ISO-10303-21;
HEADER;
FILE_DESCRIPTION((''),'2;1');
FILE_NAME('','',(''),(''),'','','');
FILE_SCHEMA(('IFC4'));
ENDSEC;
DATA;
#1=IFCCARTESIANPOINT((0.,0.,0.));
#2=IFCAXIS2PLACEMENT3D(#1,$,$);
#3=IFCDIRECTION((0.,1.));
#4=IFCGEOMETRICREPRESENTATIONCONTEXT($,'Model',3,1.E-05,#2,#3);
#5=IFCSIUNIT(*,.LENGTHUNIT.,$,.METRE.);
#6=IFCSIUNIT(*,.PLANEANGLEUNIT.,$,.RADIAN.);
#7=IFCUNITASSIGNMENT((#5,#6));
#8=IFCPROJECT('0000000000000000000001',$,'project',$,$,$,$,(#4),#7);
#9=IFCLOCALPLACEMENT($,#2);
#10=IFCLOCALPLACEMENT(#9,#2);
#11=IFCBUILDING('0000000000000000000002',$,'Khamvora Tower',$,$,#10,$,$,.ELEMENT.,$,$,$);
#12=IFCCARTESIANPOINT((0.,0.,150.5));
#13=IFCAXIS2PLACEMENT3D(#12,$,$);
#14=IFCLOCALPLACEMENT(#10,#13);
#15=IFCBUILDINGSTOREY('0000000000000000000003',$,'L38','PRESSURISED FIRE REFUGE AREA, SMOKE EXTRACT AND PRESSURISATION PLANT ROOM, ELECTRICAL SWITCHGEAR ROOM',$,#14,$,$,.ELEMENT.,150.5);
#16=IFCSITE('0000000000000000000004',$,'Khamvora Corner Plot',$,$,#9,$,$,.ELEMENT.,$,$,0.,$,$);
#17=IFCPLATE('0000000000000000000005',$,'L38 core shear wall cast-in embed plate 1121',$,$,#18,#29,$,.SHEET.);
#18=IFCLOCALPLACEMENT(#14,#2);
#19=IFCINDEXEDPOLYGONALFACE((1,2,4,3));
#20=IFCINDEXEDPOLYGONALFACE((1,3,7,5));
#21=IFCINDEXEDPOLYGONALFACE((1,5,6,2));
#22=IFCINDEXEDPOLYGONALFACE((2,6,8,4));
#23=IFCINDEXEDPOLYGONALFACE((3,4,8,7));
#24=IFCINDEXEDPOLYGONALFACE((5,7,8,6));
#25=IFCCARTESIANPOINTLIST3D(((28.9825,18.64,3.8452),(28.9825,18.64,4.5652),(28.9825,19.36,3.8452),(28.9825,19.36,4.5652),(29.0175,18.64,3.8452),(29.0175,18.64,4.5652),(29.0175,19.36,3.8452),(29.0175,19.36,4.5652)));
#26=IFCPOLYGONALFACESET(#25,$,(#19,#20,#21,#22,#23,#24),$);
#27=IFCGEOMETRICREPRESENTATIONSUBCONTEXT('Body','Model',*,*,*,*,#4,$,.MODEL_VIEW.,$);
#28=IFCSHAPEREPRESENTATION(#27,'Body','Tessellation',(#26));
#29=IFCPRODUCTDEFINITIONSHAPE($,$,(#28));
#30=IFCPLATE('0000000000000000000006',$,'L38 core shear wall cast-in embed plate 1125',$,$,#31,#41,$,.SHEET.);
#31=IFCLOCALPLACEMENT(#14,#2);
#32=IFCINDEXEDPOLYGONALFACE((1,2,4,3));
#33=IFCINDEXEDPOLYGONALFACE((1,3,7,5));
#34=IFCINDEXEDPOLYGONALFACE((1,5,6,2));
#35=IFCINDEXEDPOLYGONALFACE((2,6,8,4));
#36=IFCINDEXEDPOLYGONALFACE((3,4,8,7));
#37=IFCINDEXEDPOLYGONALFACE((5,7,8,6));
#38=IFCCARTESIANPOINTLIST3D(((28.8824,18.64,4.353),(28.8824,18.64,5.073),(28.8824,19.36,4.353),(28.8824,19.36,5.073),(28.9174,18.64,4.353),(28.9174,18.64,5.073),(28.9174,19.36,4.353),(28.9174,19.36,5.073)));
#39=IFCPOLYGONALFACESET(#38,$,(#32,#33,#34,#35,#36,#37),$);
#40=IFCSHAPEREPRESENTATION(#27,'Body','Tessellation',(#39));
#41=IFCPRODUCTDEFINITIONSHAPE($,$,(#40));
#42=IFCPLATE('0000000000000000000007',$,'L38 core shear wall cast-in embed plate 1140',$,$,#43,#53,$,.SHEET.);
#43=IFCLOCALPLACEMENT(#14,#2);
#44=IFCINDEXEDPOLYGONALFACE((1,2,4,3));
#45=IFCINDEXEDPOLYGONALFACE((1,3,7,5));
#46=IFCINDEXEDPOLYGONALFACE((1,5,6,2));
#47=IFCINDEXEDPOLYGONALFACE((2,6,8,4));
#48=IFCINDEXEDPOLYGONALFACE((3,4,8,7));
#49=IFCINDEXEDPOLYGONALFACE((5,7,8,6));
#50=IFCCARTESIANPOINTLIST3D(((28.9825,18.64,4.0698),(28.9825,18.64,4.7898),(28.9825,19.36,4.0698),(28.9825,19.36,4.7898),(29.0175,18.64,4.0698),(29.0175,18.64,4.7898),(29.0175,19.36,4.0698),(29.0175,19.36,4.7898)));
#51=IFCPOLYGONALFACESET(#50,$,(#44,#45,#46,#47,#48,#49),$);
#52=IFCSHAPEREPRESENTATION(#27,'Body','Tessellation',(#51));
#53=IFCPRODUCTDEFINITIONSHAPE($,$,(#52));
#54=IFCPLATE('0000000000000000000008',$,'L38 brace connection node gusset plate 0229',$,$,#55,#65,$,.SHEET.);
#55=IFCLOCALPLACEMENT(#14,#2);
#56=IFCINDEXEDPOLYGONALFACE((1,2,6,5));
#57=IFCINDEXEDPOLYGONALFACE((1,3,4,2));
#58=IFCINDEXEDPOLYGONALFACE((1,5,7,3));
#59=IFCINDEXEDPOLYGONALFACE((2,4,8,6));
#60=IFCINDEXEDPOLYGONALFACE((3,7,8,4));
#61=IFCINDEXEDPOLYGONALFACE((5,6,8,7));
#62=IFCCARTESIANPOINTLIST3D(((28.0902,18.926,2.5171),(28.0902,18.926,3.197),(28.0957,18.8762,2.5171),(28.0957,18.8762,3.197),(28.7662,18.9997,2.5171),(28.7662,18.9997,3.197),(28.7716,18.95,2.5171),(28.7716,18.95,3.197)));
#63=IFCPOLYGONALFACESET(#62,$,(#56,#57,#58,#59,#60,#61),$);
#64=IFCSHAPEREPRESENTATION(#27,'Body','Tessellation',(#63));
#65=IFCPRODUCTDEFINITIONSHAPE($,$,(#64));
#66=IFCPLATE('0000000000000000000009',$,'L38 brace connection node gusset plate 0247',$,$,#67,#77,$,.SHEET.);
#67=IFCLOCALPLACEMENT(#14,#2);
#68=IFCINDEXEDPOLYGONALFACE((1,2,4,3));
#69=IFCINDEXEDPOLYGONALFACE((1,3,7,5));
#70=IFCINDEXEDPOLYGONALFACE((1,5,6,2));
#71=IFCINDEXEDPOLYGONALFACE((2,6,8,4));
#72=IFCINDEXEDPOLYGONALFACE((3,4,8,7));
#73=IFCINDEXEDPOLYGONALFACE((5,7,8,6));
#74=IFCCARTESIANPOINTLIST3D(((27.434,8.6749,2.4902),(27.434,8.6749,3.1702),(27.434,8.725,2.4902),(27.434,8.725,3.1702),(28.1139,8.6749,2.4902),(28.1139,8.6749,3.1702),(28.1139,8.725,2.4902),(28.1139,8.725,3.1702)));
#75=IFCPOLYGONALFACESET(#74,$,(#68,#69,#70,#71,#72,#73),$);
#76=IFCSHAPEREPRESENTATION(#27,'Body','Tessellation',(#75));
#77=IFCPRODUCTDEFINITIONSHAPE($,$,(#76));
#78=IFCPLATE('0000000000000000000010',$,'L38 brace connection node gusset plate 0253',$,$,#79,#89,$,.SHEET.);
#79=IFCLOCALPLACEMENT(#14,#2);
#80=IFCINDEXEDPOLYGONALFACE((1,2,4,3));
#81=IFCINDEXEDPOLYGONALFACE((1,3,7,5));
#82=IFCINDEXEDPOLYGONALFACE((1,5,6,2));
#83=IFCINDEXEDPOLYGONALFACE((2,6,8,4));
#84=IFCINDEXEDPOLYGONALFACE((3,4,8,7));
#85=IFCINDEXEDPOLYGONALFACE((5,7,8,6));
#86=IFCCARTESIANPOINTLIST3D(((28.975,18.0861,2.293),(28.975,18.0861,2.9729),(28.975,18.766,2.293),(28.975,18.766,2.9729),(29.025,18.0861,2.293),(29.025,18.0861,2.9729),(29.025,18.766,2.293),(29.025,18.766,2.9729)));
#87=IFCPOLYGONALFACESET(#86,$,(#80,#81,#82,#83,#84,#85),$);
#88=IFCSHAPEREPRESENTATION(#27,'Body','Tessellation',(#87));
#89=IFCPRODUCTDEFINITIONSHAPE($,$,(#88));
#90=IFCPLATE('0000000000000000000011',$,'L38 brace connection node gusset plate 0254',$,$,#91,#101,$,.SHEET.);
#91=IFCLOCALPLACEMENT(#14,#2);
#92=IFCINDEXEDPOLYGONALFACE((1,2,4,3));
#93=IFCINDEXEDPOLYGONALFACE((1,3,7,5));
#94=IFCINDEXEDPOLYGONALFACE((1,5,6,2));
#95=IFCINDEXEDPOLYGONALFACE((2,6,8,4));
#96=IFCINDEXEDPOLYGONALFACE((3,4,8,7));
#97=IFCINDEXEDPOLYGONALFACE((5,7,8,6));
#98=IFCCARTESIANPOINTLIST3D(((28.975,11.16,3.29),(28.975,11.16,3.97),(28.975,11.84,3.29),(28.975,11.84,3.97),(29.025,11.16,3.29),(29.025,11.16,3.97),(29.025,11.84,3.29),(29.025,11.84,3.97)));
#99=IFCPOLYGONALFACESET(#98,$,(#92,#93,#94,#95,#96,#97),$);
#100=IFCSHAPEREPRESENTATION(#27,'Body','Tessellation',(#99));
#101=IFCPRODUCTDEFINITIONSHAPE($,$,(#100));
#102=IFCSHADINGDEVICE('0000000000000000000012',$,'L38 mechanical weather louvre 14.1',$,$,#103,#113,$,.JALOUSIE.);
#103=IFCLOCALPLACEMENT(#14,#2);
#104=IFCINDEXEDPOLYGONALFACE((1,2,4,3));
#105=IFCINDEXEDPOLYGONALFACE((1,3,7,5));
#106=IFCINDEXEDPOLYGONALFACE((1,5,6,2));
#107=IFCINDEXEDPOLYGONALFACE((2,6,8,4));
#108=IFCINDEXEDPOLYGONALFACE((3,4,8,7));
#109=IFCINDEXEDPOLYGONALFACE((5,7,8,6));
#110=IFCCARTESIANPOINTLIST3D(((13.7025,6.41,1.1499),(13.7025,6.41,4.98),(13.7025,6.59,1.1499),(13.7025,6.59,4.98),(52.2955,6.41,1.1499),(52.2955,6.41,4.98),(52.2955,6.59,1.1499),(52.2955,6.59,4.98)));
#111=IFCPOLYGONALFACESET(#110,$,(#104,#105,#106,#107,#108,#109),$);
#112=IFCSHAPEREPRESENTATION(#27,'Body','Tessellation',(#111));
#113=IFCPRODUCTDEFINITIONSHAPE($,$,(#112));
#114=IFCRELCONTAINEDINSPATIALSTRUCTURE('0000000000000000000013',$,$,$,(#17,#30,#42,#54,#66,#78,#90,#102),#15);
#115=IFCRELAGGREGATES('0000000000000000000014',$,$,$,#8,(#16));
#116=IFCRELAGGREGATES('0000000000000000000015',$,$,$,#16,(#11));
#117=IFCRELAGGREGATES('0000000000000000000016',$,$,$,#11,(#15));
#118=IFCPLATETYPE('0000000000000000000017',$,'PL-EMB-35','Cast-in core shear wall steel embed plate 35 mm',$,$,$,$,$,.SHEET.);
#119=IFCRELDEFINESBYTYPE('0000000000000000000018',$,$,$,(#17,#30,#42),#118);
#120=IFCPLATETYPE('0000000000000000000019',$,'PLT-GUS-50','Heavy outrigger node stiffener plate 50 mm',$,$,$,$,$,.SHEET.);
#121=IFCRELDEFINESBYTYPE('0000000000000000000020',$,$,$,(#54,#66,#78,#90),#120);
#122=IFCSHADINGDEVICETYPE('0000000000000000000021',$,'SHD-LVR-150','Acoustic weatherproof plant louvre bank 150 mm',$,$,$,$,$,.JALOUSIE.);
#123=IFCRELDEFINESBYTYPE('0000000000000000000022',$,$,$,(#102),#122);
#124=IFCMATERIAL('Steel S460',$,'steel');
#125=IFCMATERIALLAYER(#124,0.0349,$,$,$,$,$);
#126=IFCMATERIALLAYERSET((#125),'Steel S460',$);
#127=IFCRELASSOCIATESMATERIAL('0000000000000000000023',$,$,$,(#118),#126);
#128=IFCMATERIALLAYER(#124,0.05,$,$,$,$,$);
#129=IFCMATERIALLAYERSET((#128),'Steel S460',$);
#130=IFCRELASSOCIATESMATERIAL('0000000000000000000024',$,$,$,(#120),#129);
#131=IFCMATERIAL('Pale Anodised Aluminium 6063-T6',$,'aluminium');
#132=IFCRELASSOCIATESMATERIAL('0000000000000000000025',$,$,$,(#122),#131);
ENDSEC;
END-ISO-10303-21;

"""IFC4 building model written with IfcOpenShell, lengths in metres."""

from ifc_helpers import new_model, si_unit, direction, frame, origin, origin_2d, place, context, subcontext, project, spatial, rectangle, extrude, material, layer, layer_set, type_object, element, save


model = new_model("IFC4")

# Units and contexts
model_context = context("Model", 3, precision=1e-05, world=origin(), true_north=direction((0.0, 1.0)))
body_context = subcontext(model_context, "Body", "Model", "MODEL_VIEW")
ifc_project = project(units=[si_unit("LENGTHUNIT", "METRE"), si_unit("PLANEANGLEUNIT", "RADIAN")], contexts=[model_context])

# Site, building, storey
site_placement = place(None, origin())
site = spatial("IfcSite", under=ifc_project, at=site_placement, Name="Khamvora Corner Plot", CompositionType="ELEMENT", RefElevation=0.0)
building_placement = place(site_placement, origin())
building = spatial("IfcBuilding", under=site, at=building_placement, Name="Khamvora Tower", CompositionType="ELEMENT")
storey_placement = place(building_placement, frame((0.0, 0.0, 150.5)))
storey = spatial("IfcBuildingStorey", under=building, at=storey_placement, Name="L38", Description="PRESSURISED FIRE REFUGE AREA, SMOKE EXTRACT AND PRESSURISATION PLANT ROOM, ELECTRICAL SWITCHGEAR ROOM", CompositionType="ELEMENT", Elevation=150.5)

# Shared definitions
ifc_material_1 = material(Name="Steel S460", Category="steel")

# Plates
ifc_layer_1 = layer(ifc_material_1, 0.0349)
ifc_layer_set_1 = layer_set([ifc_layer_1], Name="Steel S460")
plate_type_1 = type_object("IfcPlateType", Name="PL-EMB-35", Description="Cast-in core shear wall steel embed plate 35 mm", PredefinedType="SHEET", material=ifc_layer_set_1)
for number, where, z_axis, x_axis, name in (
    (1, (29.0, 19.0, 3.8452), (0.0, 0.0, 1.0), (1.0, 0.0, 0.0), "L38 core shear wall cast-in embed plate 1121"),
    (2, (28.8999, 19.0, 4.353), (0.0, 0.0, 1.0), (1.0, 0.0, 0.0), "L38 core shear wall cast-in embed plate 1125"),
    (3, (29.0, 19.0, 4.0698), (0.0, 0.0, 1.0), (1.0, 0.0, 0.0), "L38 core shear wall cast-in embed plate 1140"),
):
    element("IfcPlate", number, at=place(storey_placement, frame(where, z_axis=z_axis, x_axis=x_axis)), inside=storey, type_object=plate_type_1, Name=name, PredefinedType="SHEET", context=body_context, shape_type="SweptSolid", body=[
        extrude(rectangle(XDim=0.0349, YDim=0.72, at=origin_2d()), origin(), (0.0, 0.0, 1.0), 0.72),
    ])
ifc_layer_2 = layer(ifc_material_1, 0.05)
ifc_layer_set_2 = layer_set([ifc_layer_2], Name="Steel S460")
plate_type_2 = type_object("IfcPlateType", Name="PLT-GUS-50", Description="Heavy outrigger node stiffener plate 50 mm", PredefinedType="SHEET", material=ifc_layer_set_2)
for number, where, z_axis, x_axis, name in (
    (4, (28.4309, 18.938, 2.5171), (0.0, 0.0, 1.0), (-0.994102, -0.10845, 0.0), "L38 brace connection node gusset plate 0229"),
    (5, (27.7739, 8.7, 2.4902), (0.0, 0.0, 1.0), (1.0, 0.0, 0.0), "L38 brace connection node gusset plate 0247"),
    (6, (29.0, 18.426, 2.293), (0.0, 0.0, 1.0), (0.0, -1.0, 0.0), "L38 brace connection node gusset plate 0253"),
    (7, (29.0, 11.5, 3.29), (0.0, 0.0, 1.0), (0.0, -1.0, 0.0), "L38 brace connection node gusset plate 0254"),
):
    element("IfcPlate", number, at=place(storey_placement, frame(where, z_axis=z_axis, x_axis=x_axis)), inside=storey, type_object=plate_type_2, Name=name, PredefinedType="SHEET", context=body_context, shape_type="SweptSolid", body=[
        extrude(rectangle(XDim=0.6799, YDim=0.05, at=origin_2d()), origin(), (0.0, 0.0, 1.0), 0.6799),
    ])

# Shading device
ifc_material_2 = material(Name="Pale Anodised Aluminium 6063-T6", Category="aluminium")
shading_device_type = type_object("IfcShadingDeviceType", Name="SHD-LVR-150", Description="Acoustic weatherproof plant louvre bank 150 mm", PredefinedType="JALOUSIE", material=ifc_material_2)
shading_device_placement = place(storey_placement, frame((32.999, 6.5, 1.1499), z_axis=(0.0, 0.0, 1.0), x_axis=(-1.0, 0.0, 0.0)))
element("IfcShadingDevice", 8, at=shading_device_placement, inside=storey, type_object=shading_device_type, Name="L38 mechanical weather louvre 14.1", PredefinedType="JALOUSIE", context=body_context, shape_type="SweptSolid", body=[
    extrude(rectangle(XDim=38.593, YDim=0.1799, at=origin_2d()), origin(), (0.0, 0.0, 1.0), 3.8301),
])

save(model, "model.ifc")
